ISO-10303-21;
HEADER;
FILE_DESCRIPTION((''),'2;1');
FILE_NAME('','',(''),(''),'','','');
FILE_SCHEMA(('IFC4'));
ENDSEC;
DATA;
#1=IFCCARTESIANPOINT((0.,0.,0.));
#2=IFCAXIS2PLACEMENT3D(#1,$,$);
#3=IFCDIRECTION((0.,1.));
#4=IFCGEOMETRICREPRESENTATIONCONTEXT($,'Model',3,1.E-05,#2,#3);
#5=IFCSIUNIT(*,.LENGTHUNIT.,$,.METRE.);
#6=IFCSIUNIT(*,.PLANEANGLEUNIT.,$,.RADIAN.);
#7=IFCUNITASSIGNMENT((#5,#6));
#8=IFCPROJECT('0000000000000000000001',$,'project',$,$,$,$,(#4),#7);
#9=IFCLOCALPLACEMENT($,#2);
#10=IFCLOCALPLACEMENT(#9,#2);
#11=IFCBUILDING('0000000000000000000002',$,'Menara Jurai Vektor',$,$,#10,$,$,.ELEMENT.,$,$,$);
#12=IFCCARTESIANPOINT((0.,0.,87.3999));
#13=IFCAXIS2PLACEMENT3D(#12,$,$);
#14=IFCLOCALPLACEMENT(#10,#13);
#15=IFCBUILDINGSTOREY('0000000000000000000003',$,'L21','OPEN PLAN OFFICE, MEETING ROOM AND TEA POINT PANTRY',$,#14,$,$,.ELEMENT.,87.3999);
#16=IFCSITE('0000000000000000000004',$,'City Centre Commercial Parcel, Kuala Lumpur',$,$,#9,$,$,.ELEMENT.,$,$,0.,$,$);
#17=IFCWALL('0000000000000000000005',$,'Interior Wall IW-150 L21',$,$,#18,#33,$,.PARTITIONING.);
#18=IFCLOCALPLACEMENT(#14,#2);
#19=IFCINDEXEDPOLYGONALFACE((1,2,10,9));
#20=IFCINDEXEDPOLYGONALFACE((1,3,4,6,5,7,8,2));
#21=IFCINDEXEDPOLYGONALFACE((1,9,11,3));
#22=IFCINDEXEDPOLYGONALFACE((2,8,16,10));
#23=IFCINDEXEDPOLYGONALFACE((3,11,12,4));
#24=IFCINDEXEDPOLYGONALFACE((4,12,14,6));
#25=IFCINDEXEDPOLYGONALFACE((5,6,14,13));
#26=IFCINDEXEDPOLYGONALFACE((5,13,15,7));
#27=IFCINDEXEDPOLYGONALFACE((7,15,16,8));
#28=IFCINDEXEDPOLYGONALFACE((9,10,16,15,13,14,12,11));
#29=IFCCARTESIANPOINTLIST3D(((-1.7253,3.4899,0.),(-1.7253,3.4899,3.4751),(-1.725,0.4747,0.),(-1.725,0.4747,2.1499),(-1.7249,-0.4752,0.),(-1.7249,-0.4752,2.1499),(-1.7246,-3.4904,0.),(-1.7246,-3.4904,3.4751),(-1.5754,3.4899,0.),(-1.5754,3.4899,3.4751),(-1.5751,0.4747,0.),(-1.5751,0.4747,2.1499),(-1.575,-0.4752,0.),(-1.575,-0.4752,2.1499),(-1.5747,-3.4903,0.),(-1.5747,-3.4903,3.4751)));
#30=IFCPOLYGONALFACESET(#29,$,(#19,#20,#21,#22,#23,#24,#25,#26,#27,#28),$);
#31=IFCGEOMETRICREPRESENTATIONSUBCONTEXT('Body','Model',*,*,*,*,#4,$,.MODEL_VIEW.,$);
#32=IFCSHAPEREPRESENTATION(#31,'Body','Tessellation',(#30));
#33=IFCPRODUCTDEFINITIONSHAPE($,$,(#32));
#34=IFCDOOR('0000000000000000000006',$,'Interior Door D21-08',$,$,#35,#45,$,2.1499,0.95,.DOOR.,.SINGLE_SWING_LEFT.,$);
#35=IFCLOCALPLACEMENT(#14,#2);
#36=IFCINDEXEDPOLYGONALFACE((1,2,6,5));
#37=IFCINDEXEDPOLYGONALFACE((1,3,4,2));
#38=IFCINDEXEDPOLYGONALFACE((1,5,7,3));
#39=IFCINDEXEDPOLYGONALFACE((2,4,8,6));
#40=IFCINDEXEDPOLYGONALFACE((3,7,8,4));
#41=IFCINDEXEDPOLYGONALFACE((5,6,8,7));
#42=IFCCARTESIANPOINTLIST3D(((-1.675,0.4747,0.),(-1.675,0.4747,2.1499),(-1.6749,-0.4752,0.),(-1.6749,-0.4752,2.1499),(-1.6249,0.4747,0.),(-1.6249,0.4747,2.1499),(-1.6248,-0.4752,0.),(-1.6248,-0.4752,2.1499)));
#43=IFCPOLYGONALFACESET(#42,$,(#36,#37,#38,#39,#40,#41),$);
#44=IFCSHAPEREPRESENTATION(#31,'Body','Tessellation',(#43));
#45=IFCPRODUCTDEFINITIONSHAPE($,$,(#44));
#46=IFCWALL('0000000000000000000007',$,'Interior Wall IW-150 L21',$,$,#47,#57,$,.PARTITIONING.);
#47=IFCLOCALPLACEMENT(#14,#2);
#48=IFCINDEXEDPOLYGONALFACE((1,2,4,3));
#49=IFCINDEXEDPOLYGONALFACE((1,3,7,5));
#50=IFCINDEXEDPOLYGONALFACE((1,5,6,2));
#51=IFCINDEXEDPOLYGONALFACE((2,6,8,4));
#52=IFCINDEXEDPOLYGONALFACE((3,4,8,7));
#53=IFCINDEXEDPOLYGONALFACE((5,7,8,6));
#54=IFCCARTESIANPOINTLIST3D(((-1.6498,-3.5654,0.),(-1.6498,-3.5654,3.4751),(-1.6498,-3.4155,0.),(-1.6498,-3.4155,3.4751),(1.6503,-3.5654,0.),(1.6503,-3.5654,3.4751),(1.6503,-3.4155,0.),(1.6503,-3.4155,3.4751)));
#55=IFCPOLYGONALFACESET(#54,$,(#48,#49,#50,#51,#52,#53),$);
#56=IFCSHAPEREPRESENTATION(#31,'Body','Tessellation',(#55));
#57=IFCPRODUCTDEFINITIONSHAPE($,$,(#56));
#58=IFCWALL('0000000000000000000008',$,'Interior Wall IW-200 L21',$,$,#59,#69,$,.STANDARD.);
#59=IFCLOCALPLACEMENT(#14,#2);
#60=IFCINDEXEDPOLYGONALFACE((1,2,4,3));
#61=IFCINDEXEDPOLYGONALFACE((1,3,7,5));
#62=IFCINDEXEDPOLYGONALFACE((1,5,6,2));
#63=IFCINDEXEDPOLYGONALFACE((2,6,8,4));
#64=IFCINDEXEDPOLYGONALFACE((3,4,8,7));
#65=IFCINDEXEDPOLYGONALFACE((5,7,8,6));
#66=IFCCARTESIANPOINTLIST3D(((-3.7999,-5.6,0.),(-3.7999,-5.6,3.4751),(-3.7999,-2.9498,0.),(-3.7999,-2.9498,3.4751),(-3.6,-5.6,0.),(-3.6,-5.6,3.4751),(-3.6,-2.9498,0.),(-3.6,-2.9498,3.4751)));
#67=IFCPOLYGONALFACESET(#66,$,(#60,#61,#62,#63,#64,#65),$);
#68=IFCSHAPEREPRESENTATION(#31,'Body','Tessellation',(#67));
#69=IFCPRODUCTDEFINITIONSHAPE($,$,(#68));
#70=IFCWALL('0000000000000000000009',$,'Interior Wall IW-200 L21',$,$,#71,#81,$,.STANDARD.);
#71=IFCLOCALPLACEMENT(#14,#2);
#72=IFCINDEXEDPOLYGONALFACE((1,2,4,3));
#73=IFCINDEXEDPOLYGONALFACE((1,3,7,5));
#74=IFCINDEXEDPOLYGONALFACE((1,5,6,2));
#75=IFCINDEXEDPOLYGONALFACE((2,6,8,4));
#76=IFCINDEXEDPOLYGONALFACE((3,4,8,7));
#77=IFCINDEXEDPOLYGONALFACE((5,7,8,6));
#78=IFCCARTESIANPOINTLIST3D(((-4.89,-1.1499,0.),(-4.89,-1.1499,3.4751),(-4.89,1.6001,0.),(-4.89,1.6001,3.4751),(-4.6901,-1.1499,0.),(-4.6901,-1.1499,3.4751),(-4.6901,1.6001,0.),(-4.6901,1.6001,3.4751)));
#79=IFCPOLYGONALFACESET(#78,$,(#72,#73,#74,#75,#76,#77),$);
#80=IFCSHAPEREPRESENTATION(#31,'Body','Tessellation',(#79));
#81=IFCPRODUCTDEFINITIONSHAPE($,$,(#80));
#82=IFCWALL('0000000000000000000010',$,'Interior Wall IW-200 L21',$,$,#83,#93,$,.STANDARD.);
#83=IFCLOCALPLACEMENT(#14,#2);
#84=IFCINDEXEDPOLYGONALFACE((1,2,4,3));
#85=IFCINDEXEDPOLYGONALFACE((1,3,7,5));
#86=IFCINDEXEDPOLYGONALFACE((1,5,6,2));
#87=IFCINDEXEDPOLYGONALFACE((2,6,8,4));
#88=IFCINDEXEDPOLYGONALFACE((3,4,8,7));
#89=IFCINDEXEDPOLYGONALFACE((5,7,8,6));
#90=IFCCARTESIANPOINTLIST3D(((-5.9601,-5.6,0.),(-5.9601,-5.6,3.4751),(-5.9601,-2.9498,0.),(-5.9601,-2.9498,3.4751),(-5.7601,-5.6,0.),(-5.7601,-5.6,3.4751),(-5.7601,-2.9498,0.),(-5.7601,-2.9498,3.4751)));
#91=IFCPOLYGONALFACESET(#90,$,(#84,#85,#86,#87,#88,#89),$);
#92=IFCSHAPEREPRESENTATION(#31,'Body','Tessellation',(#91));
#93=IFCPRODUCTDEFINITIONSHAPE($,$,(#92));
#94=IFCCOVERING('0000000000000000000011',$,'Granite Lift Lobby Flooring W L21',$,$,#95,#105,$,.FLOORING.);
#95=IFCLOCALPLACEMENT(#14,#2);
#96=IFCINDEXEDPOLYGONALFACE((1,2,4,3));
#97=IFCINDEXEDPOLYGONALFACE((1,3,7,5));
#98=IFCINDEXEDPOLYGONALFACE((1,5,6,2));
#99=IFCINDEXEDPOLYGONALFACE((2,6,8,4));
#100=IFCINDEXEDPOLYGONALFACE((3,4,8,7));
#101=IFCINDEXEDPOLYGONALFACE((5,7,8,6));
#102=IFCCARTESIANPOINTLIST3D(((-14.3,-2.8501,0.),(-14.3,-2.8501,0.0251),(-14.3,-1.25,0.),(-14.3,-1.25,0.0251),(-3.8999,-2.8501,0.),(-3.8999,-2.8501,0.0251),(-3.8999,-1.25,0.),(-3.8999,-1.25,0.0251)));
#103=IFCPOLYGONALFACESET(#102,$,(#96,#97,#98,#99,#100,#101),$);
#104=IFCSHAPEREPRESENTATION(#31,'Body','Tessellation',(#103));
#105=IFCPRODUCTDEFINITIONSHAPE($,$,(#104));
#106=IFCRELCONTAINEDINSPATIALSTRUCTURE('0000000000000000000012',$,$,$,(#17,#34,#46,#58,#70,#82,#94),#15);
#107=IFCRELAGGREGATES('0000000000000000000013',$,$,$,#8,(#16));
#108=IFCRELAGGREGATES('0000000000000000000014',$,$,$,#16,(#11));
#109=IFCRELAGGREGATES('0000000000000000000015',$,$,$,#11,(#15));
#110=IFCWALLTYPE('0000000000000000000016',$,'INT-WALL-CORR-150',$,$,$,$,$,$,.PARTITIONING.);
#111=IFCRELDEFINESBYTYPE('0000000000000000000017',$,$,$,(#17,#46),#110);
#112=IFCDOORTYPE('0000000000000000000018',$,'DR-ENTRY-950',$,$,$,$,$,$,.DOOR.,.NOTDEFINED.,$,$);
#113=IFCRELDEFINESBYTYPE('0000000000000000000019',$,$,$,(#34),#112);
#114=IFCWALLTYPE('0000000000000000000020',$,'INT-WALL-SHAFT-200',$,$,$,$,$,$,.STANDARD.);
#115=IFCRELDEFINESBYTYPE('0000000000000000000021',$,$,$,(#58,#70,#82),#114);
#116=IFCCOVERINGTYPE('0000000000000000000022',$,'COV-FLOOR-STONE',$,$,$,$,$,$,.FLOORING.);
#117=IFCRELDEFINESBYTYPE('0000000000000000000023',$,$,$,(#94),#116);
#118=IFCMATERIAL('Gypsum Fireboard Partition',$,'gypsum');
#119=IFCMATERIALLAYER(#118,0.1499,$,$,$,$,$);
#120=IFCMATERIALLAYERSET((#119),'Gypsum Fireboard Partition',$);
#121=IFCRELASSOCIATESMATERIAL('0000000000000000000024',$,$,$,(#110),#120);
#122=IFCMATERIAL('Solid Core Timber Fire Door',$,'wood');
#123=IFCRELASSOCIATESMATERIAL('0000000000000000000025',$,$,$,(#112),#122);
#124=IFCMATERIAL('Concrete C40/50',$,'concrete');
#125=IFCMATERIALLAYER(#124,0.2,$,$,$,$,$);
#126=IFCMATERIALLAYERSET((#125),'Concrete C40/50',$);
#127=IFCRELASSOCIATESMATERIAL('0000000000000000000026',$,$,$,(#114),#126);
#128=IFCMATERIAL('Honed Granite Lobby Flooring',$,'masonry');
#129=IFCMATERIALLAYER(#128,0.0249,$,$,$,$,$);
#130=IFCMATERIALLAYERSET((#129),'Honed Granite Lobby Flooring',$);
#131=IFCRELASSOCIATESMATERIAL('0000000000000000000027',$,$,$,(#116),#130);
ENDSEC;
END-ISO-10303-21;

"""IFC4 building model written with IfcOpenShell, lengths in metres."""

from ifc_helpers import new_model, si_unit, direction, frame, frame_2d, origin, place, context, subcontext, project, spatial, polyline, rectangle, outline, extrude, material, layer, layer_set, type_object, element, fill, save


model = new_model("IFC4")

# Units and contexts
model_context = context("Model", 3, precision=1e-05, world=origin(), true_north=direction((0.0, 1.0)))
body_context = subcontext(model_context, "Body", "Model", "MODEL_VIEW")
ifc_project = project(units=[si_unit("LENGTHUNIT", "METRE"), si_unit("PLANEANGLEUNIT", "RADIAN")], contexts=[model_context])

# Site, building, storey
site_placement = place(None, origin())
site = spatial("IfcSite", under=ifc_project, at=site_placement, Name="City Centre Commercial Parcel, Kuala Lumpur", CompositionType="ELEMENT", RefElevation=0.0)
building_placement = place(site_placement, origin())
building = spatial("IfcBuilding", under=site, at=building_placement, Name="Menara Jurai Vektor", CompositionType="ELEMENT")
storey_placement = place(building_placement, frame((0.0, 0.0, 87.3999)))
storey = spatial("IfcBuildingStorey", under=building, at=storey_placement, Name="L21", Description="OPEN PLAN OFFICE, MEETING ROOM AND TEA POINT PANTRY", CompositionType="ELEMENT", Elevation=87.3999)

# Shared definitions
ifc_material_1 = material(Name="Concrete C40/50", Category="concrete")

# Shared definitions
ifc_material_2 = material(Name="Gypsum Fireboard Partition", Category="gypsum")
ifc_layer_1 = layer(ifc_material_2, 0.1499)
ifc_layer_set_1 = layer_set([ifc_layer_1], Name="Gypsum Fireboard Partition")
wall_type_1 = type_object("IfcWallType", Name="INT-WALL-CORR-150", PredefinedType="PARTITIONING", material=ifc_layer_set_1)

# Wall, opening, door
wall_1_placement = place(storey_placement, frame((-1.6497, -3.4905, 0.0), z_axis=(0.0, 0.0, 1.0), x_axis=(-0.000105, 1.0, 0.0)))
wall_1 = element("IfcWall", 1, at=wall_1_placement, inside=storey, type_object=wall_type_1, Name="Interior Wall IW-150 L21", PredefinedType="PARTITIONING", context=body_context, shape_type="SweptSolid", body=[
    extrude(rectangle(XDim=6.9802, YDim=0.1499, at=frame_2d((3.4902, 0.0))), origin(), (0.0, 0.0, 1.0), 3.4751),
])
opening_1_placement = place(wall_1_placement, frame((3.0151, 0.0, 0.0)))
opening_1 = element("IfcOpeningElement", 2, at=opening_1_placement, cuts=wall_1, PredefinedType="OPENING", context=body_context, shape_type="SweptSolid", body=[
    extrude(rectangle(XDim=0.95, YDim=2.1499, at=frame_2d((0.4751, 1.075))), frame((0.0, 0.085, 0.0), z_axis=(0.0, -1.0, 0.0), x_axis=(1.0, 0.0, 0.0)), (0.0, 0.0, 1.0), 0.1699),
])
ifc_material_3 = material(Name="Solid Core Timber Fire Door", Category="wood")
door_type_1 = type_object("IfcDoorType", Name="DR-ENTRY-950", OperationType="NOTDEFINED", PredefinedType="DOOR", material=ifc_material_3)
door_1_placement = place(opening_1_placement, origin())
door_1 = element("IfcDoor", 3, at=door_1_placement, inside=storey, type_object=door_type_1, Name="Interior Door D21-08", OperationType="SINGLE_SWING_LEFT", OverallHeight=2.1499, OverallWidth=0.95, PredefinedType="DOOR", context=body_context, shape_type="SweptSolid", body=[
    extrude(rectangle(XDim=0.95, YDim=2.1499, at=frame_2d((0.4751, 1.075))), frame((0.0, 0.0249, 0.0), z_axis=(0.0, -1.0, 0.0), x_axis=(1.0, 0.0, 0.0)), (0.0, 0.0, 1.0), 0.05),
])
fill(opening_1, door_1)

# Wall
wall_2_placement = place(storey_placement, frame((-1.6497, -3.4905, 0.0), z_axis=(0.0, 0.0, 1.0), x_axis=(1.0, 0.0, 0.0)))
element("IfcWall", 4, at=wall_2_placement, inside=storey, type_object=wall_type_1, Name="Interior Wall IW-150 L21", PredefinedType="PARTITIONING", context=body_context, shape_type="SweptSolid", body=[
    extrude(rectangle(XDim=3.3, YDim=0.1499, at=frame_2d((1.6499, 0.0))), origin(), (0.0, 0.0, 1.0), 3.4751),
])

# Shared definitions
ifc_layer_2 = layer(ifc_material_1, 0.2)
ifc_layer_set_2 = layer_set([ifc_layer_2], Name="Concrete C40/50")
wall_type_2 = type_object("IfcWallType", Name="INT-WALL-SHAFT-200", PredefinedType="STANDARD", material=ifc_layer_set_2)

# Walls
wall_3_placement = place(storey_placement, frame((-3.7, -5.6001, 0.0), z_axis=(0.0, 0.0, 1.0), x_axis=(0.0, 1.0, 0.0)))
element("IfcWall", 5, at=wall_3_placement, inside=storey, type_object=wall_type_2, Name="Interior Wall IW-200 L21", PredefinedType="STANDARD", context=body_context, shape_type="SweptSolid", body=[
    extrude(rectangle(XDim=2.6501, YDim=0.2, at=frame_2d((1.3252, 0.0))), origin(), (0.0, 0.0, 1.0), 3.4751),
])
wall_4_placement = place(storey_placement, frame((-4.79, -1.1499, 0.0), z_axis=(0.0, 0.0, 1.0), x_axis=(0.0, 1.0, 0.0)))
element("IfcWall", 6, at=wall_4_placement, inside=storey, type_object=wall_type_2, Name="Interior Wall IW-200 L21", PredefinedType="STANDARD", context=body_context, shape_type="SweptSolid", body=[
    extrude(rectangle(XDim=2.75, YDim=0.2, at=frame_2d((1.375, 0.0))), origin(), (0.0, 0.0, 1.0), 3.4751),
])
wall_5_placement = place(storey_placement, frame((-5.8601, -5.6001, 0.0), z_axis=(0.0, 0.0, 1.0), x_axis=(0.0, 1.0, 0.0)))
element("IfcWall", 7, at=wall_5_placement, inside=storey, type_object=wall_type_2, Name="Interior Wall IW-200 L21", PredefinedType="STANDARD", context=body_context, shape_type="SweptSolid", body=[
    extrude(rectangle(XDim=2.6501, YDim=0.2, at=frame_2d((1.3252, 0.0))), origin(), (0.0, 0.0, 1.0), 3.4751),
])

# Covering
ifc_material_4 = material(Name="Honed Granite Lobby Flooring", Category="masonry")
ifc_layer_3 = layer(ifc_material_4, 0.0249)
ifc_layer_set_3 = layer_set([ifc_layer_3], Name="Honed Granite Lobby Flooring")
covering_type = type_object("IfcCoveringType", Name="COV-FLOOR-STONE", PredefinedType="FLOORING", material=ifc_layer_set_3)
covering_placement = place(storey_placement, origin())
element("IfcCovering", 8, at=covering_placement, inside=storey, type_object=covering_type, Name="Granite Lift Lobby Flooring W L21", PredefinedType="FLOORING", context=body_context, shape_type="SweptSolid", body=[
    extrude(outline(polyline([(-14.3, -2.8501), (-3.8999, -2.8501), (-3.8999, -1.25), (-14.3, -1.25), (-14.3, -2.8501)])), origin(), (0.0, 0.0, 1.0), 0.0251),
])

save(model, "model.ifc")
